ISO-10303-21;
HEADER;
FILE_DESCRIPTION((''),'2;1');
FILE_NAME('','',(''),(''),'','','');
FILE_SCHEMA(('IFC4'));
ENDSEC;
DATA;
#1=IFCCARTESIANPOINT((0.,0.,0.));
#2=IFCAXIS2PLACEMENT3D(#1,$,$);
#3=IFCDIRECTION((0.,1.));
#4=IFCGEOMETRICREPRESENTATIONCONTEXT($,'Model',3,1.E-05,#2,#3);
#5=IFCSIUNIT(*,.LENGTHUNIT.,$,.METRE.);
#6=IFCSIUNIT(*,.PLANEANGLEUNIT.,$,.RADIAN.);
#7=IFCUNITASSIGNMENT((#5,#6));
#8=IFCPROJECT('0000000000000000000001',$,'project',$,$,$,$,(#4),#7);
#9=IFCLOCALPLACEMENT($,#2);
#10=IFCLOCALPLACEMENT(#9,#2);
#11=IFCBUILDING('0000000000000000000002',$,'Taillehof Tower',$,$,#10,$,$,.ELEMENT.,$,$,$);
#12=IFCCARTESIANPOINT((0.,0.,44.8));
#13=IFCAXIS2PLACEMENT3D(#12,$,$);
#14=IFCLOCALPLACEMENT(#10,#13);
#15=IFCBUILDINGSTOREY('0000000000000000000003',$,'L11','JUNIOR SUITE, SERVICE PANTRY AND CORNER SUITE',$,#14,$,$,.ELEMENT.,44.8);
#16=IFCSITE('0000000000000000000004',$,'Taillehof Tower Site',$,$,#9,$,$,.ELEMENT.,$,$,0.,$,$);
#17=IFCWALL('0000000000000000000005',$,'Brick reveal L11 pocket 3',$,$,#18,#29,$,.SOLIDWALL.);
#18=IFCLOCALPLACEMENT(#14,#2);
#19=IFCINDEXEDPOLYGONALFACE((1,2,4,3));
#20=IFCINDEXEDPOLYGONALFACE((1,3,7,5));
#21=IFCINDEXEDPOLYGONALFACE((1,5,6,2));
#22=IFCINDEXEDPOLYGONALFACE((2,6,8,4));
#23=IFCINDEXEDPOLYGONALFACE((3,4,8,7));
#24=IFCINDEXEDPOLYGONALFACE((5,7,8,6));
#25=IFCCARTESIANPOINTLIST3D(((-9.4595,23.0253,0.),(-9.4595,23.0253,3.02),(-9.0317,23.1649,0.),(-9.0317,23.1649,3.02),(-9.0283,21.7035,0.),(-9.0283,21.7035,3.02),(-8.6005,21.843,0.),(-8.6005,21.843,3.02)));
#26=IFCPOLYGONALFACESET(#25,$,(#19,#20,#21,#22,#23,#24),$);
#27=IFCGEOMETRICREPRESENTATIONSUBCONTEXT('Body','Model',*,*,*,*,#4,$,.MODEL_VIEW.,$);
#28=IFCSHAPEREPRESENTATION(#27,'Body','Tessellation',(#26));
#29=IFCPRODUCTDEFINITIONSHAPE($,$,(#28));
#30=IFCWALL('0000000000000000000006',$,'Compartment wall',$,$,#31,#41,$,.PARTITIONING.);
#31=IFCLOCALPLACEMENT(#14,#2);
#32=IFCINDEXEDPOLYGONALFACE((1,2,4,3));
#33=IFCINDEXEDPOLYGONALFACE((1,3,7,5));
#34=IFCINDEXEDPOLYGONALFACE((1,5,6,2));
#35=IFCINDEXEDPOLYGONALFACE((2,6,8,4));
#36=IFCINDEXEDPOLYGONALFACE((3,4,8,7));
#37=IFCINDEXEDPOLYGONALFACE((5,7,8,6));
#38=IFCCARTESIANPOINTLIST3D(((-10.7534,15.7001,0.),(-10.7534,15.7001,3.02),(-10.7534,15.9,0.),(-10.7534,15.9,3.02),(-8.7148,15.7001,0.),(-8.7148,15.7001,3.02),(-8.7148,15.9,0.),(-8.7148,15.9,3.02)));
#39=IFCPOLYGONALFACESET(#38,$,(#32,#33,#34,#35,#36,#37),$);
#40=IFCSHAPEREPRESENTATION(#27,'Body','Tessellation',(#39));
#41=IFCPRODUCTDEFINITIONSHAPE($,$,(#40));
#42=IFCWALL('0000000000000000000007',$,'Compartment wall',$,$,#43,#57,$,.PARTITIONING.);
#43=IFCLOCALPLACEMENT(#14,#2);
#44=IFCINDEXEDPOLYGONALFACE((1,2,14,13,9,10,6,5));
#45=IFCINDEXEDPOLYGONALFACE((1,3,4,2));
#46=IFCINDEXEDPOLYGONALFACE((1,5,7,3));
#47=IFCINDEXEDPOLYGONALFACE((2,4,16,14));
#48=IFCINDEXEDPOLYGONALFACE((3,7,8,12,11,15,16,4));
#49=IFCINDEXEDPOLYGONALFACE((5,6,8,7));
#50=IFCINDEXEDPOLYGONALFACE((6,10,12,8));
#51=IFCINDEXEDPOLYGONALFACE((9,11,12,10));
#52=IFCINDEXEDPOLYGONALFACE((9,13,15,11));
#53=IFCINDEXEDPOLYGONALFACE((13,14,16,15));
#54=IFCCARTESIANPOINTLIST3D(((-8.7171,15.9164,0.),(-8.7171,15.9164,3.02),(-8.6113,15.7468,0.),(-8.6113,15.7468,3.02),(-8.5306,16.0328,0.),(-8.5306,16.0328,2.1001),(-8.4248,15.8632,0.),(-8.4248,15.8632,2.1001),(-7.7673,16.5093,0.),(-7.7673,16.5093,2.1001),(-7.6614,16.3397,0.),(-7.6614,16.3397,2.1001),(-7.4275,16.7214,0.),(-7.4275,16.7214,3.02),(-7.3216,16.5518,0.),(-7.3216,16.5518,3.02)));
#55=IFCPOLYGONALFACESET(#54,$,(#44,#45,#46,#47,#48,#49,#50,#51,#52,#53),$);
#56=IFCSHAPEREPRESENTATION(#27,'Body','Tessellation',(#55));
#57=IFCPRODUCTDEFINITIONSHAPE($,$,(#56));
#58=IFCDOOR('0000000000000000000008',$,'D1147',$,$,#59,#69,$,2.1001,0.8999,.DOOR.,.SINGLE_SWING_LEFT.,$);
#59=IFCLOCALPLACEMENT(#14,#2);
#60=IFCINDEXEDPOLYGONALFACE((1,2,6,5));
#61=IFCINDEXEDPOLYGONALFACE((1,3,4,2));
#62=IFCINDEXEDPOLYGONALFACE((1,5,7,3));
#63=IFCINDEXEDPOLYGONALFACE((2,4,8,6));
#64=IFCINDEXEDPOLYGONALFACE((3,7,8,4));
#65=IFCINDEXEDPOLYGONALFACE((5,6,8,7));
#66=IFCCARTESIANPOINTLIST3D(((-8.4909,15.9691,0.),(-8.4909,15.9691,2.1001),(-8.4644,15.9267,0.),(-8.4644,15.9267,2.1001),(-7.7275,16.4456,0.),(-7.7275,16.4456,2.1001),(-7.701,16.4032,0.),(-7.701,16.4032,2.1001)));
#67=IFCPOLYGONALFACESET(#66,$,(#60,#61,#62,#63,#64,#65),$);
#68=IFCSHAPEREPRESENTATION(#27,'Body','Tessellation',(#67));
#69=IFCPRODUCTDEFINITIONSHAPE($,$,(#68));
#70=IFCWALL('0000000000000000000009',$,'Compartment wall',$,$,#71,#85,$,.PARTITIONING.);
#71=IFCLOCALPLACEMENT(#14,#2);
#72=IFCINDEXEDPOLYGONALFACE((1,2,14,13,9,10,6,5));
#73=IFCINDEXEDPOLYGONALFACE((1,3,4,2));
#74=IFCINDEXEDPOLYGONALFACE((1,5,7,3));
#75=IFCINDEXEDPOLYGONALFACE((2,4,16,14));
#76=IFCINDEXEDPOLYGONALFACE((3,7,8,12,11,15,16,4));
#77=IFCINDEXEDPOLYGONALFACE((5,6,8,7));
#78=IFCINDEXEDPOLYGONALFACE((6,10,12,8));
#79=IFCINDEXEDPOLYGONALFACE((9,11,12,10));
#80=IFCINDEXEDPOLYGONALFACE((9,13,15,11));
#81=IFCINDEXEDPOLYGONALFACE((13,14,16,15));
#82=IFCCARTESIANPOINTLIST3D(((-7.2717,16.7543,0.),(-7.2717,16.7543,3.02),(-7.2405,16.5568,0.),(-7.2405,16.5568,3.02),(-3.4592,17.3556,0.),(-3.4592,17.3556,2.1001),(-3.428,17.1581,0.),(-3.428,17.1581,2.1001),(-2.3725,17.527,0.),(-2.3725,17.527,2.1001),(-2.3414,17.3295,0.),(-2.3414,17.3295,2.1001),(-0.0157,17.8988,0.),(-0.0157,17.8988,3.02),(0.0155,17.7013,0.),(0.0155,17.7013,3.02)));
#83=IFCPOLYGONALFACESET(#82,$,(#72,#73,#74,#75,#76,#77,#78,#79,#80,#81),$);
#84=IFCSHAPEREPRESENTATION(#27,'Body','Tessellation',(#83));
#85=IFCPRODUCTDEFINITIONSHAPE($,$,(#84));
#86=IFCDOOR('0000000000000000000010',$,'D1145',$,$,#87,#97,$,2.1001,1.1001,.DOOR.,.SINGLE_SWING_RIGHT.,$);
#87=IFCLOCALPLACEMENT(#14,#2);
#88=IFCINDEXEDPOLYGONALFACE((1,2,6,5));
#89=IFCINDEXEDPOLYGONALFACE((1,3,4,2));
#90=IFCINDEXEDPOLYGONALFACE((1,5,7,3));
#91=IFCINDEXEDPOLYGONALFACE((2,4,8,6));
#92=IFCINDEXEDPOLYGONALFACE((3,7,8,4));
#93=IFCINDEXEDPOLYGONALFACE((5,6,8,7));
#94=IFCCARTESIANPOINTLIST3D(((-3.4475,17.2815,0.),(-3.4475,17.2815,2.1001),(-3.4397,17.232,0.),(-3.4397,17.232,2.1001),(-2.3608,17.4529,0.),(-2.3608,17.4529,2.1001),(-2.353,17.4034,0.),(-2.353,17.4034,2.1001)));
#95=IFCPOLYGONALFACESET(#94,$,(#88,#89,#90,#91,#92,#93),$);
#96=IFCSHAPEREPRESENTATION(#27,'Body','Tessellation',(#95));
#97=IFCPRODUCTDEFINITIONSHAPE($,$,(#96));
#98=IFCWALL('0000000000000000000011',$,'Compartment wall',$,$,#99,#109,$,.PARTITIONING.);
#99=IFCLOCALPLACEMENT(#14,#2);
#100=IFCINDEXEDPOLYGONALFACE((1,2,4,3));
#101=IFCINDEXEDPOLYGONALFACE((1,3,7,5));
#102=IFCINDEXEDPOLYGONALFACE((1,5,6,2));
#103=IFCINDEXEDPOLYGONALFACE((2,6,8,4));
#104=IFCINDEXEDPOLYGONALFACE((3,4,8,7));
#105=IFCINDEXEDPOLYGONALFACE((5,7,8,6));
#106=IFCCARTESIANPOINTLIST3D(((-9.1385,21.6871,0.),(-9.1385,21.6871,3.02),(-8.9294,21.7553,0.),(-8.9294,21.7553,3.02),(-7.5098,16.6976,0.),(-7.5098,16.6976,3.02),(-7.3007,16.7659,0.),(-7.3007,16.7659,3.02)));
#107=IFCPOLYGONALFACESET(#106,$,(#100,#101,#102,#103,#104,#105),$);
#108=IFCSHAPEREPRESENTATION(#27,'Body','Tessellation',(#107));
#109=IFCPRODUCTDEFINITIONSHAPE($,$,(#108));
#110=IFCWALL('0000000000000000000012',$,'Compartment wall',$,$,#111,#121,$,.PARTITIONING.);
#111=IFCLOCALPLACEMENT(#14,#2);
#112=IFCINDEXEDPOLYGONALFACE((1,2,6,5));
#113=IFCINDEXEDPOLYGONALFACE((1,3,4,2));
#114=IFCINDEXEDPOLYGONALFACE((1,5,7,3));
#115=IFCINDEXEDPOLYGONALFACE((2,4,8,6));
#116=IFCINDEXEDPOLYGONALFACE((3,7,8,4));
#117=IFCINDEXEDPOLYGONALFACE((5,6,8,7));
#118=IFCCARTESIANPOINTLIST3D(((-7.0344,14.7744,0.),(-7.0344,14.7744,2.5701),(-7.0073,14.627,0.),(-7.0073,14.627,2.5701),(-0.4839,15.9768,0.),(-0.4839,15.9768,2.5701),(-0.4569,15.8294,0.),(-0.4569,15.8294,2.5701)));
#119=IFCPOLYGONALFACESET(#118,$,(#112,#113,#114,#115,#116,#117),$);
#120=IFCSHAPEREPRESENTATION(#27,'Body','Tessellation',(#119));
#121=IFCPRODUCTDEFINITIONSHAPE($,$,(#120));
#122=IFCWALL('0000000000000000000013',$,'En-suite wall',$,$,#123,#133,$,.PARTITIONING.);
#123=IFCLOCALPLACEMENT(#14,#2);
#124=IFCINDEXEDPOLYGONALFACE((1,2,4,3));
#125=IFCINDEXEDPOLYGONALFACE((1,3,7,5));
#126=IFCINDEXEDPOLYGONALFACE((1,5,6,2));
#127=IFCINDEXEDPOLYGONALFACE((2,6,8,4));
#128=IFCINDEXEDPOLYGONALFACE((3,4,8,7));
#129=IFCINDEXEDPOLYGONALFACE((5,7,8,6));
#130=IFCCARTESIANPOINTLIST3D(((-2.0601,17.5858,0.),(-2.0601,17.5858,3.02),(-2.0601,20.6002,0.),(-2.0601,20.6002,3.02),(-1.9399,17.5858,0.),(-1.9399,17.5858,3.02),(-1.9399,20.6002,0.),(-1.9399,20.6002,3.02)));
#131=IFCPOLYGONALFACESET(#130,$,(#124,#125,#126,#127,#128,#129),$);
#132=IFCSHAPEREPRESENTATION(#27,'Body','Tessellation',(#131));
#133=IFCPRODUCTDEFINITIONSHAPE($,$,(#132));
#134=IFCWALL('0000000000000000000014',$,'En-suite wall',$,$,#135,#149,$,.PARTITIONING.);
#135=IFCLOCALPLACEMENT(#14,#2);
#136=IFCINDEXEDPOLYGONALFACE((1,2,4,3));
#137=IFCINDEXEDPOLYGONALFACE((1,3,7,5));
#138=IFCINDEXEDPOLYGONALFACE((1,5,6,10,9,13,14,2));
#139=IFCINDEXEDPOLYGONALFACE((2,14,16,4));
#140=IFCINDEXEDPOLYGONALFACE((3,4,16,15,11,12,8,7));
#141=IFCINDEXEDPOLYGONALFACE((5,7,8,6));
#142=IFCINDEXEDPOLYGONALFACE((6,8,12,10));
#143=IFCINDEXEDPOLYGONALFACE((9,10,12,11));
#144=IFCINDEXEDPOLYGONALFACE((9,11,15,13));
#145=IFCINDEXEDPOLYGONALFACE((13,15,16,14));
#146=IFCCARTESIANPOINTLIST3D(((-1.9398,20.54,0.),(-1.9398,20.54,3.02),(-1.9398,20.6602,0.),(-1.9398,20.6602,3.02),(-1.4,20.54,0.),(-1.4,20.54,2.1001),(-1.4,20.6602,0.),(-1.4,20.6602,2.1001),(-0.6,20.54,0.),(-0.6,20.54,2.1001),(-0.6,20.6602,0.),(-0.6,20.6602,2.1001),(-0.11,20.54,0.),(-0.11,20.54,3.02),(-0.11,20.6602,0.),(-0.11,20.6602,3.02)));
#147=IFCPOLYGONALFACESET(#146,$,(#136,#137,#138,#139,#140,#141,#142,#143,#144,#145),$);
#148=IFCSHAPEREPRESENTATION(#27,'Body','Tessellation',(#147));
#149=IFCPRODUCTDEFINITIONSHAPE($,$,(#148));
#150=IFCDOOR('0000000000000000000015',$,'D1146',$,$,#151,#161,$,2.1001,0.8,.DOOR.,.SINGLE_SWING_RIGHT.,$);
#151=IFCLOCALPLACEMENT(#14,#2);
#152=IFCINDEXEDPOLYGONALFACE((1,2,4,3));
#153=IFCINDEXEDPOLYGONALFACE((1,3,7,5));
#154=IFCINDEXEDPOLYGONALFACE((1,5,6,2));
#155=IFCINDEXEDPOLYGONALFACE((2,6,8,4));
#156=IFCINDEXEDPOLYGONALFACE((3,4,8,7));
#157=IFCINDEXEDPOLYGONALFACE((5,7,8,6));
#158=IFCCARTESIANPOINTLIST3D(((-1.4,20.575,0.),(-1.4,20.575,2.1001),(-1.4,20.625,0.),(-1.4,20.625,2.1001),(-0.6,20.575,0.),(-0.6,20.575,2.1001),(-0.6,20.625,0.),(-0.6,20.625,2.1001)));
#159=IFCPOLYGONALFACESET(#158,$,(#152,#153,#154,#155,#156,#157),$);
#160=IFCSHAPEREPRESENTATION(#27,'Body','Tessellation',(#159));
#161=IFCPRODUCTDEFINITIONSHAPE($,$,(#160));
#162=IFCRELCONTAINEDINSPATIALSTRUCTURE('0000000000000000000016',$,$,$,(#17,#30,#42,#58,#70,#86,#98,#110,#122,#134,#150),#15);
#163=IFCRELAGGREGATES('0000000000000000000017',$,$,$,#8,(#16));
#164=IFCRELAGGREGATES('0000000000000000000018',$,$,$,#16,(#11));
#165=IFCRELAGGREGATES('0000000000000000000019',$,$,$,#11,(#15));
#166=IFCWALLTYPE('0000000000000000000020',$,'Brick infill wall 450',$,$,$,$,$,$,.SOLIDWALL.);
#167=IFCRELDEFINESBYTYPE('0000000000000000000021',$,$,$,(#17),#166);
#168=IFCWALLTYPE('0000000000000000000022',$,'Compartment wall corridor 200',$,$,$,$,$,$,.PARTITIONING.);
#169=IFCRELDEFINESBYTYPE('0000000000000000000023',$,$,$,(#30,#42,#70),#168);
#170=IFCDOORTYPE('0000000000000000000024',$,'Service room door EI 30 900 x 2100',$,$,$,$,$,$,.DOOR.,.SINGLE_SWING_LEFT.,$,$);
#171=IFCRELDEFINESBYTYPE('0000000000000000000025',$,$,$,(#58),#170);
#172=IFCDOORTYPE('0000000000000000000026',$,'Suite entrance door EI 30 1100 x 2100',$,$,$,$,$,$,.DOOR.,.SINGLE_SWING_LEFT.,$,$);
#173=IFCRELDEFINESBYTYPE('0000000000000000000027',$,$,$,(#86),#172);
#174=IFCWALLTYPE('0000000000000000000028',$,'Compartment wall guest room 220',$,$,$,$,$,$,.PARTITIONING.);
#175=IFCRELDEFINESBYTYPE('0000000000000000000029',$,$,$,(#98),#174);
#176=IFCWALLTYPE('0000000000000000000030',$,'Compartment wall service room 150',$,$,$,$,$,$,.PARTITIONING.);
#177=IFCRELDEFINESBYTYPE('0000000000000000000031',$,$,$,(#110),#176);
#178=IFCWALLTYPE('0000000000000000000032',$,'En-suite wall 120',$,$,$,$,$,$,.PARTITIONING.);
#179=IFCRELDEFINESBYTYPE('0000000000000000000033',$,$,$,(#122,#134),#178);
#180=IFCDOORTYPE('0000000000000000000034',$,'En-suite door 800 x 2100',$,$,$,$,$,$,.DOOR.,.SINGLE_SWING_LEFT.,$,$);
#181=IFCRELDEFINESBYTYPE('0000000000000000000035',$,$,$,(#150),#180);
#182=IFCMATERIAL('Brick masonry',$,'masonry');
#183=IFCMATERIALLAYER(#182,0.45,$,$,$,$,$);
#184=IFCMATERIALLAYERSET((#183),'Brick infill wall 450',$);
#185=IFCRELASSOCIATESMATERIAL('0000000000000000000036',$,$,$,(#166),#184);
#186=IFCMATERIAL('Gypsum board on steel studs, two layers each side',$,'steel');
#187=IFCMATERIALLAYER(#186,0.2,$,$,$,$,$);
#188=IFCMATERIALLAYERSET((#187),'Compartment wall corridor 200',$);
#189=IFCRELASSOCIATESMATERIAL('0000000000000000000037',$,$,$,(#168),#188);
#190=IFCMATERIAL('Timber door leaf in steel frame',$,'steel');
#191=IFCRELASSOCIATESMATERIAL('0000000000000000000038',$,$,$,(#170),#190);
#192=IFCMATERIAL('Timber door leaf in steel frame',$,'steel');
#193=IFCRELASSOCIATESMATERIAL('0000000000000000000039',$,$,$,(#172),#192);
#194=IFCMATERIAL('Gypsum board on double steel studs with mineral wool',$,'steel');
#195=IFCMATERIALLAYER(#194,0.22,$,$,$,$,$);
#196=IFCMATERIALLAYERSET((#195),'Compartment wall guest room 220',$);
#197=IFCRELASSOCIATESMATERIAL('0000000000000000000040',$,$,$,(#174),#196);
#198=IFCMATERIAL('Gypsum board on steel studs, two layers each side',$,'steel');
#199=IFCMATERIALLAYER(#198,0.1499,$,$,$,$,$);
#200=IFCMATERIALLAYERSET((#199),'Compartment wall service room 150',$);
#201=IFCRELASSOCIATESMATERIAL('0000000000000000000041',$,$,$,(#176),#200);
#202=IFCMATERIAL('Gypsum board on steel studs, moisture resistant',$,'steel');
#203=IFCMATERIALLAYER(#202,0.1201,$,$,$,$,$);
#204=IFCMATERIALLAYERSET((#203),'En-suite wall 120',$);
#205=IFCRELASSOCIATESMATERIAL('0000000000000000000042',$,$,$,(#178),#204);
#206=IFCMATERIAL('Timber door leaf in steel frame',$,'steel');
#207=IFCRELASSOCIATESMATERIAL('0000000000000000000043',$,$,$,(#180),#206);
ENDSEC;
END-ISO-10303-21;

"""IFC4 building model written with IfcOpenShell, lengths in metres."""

from ifc_helpers import new_model, si_unit, direction, frame, frame_2d, origin, place, context, subcontext, project, spatial, rectangle, extrude, material, layer, layer_set, type_object, element, fill, save


model = new_model("IFC4")

# Units and contexts
model_context = context("Model", 3, precision=1e-05, world=origin(), true_north=direction((0.0, 1.0)))
body_context = subcontext(model_context, "Body", "Model", "MODEL_VIEW")
ifc_project = project(units=[si_unit("LENGTHUNIT", "METRE"), si_unit("PLANEANGLEUNIT", "RADIAN")], contexts=[model_context])

# Site, building, storey
site_placement = place(None, origin())
site = spatial("IfcSite", under=ifc_project, at=site_placement, Name="Taillehof Tower Site", CompositionType="ELEMENT", RefElevation=0.0)
building_placement = place(site_placement, origin())
building = spatial("IfcBuilding", under=site, at=building_placement, Name="Taillehof Tower", CompositionType="ELEMENT")
storey_placement = place(building_placement, frame((0.0, 0.0, 44.8)))
storey = spatial("IfcBuildingStorey", under=building, at=storey_placement, Name="L11", Description="JUNIOR SUITE, SERVICE PANTRY AND CORNER SUITE", CompositionType="ELEMENT", Elevation=44.8)

# Shared definitions
ifc_material_1 = material(Name="Brick masonry", Category="masonry")
ifc_layer_1 = layer(ifc_material_1, 0.45)
ifc_layer_set_1 = layer_set([ifc_layer_1], Name="Brick infill wall 450")
wall_type_1 = type_object("IfcWallType", Name="Brick infill wall 450", PredefinedType="SOLIDWALL", material=ifc_layer_set_1)

# Wall
wall_1_placement = place(storey_placement, frame((-9.2456, 23.0952, 0.0), z_axis=(0.0, 0.0, 1.0), x_axis=(0.31011, -0.950701, 0.0)))
element("IfcWall", 1, at=wall_1_placement, inside=storey, type_object=wall_type_1, Name="Brick reveal L11 pocket 3", PredefinedType="SOLIDWALL", context=body_context, shape_type="SweptSolid", body=[
    extrude(rectangle(XDim=1.3904, YDim=0.45, at=frame_2d((0.6953, 0.0))), origin(), (0.0, 0.0, 1.0), 3.02),
])

# Wall
ifc_material_2 = material(Name="Gypsum board on steel studs, two layers each side", Category="steel")
ifc_layer_2 = layer(ifc_material_2, 0.2)
ifc_layer_set_2 = layer_set([ifc_layer_2], Name="Compartment wall corridor 200")
wall_type_2 = type_object("IfcWallType", Name="Compartment wall corridor 200", PredefinedType="PARTITIONING", material=ifc_layer_set_2)
wall_2_placement = place(storey_placement, frame((-10.7534, 15.8, 0.0), z_axis=(0.0, 0.0, 1.0), x_axis=(1.0, 0.0, 0.0)))
element("IfcWall", 2, at=wall_2_placement, inside=storey, type_object=wall_type_2, Name="Compartment wall", PredefinedType="PARTITIONING", context=body_context, shape_type="SweptSolid", body=[
    extrude(rectangle(XDim=2.0386, YDim=0.2, at=frame_2d((1.0193, 0.0))), origin(), (0.0, 0.0, 1.0), 3.02),
])

# Walls, openings, doors
wall_3_placement = place(storey_placement, frame((-8.6643, 15.8315, 0.0), z_axis=(0.0, 0.0, 1.0), x_axis=(0.848305, 0.529508, 0.0)))
wall_3 = element("IfcWall", 3, at=wall_3_placement, inside=storey, type_object=wall_type_2, Name="Compartment wall", PredefinedType="PARTITIONING", context=body_context, shape_type="SweptSolid", body=[
    extrude(rectangle(XDim=1.5203, YDim=0.2, at=frame_2d((0.7603, 0.0))), origin(), (0.0, 0.0, 1.0), 3.02),
])
opening_1_placement = place(wall_3_placement, frame((0.22, 0.0, 0.0)))
opening_1 = element("IfcOpeningElement", 4, at=opening_1_placement, cuts=wall_3, PredefinedType="OPENING", context=body_context, shape_type="SweptSolid", body=[
    extrude(rectangle(XDim=0.8999, YDim=2.1001, at=frame_2d((0.45, 1.05))), frame((0.0, 0.1099, 0.0), z_axis=(0.0, -1.0, 0.0), x_axis=(1.0, 0.0, 0.0)), (0.0, 0.0, 1.0), 0.22),
])
ifc_material_3 = material(Name="Timber door leaf in steel frame", Category="steel")
door_type_1 = type_object("IfcDoorType", Name="Service room door EI 30 900 x 2100", OperationType="SINGLE_SWING_LEFT", PredefinedType="DOOR", material=ifc_material_3)
door_1_placement = place(opening_1_placement, origin())
door_1 = element("IfcDoor", 5, at=door_1_placement, inside=storey, type_object=door_type_1, Name="D1147", OperationType="SINGLE_SWING_LEFT", OverallHeight=2.1001, OverallWidth=0.8999, PredefinedType="DOOR", context=body_context, shape_type="SweptSolid", body=[
    extrude(rectangle(XDim=0.8999, YDim=2.1001, at=frame_2d((0.45, 1.05))), frame((0.0, 0.0249, 0.0), z_axis=(0.0, -1.0, 0.0), x_axis=(1.0, 0.0, 0.0)), (0.0, 0.0, 1.0), 0.05),
])
fill(opening_1, door_1)
wall_4_placement = place(storey_placement, frame((-7.2561, 16.6555, 0.0), z_axis=(0.0, 0.0, 1.0), x_axis=(0.987787, 0.155807, 0.0)))
wall_4 = element("IfcWall", 6, at=wall_4_placement, inside=storey, type_object=wall_type_2, Name="Compartment wall", PredefinedType="PARTITIONING", context=body_context, shape_type="SweptSolid", body=[
    extrude(rectangle(XDim=7.3457, YDim=0.2, at=frame_2d((3.6729, 0.0))), origin(), (0.0, 0.0, 1.0), 3.02),
])
opening_2_placement = place(wall_4_placement, frame((3.8596, 0.0, 0.0)))
opening_2 = element("IfcOpeningElement", 7, at=opening_2_placement, cuts=wall_4, PredefinedType="OPENING", context=body_context, shape_type="SweptSolid", body=[
    extrude(rectangle(XDim=1.1001, YDim=2.1001, at=frame_2d((0.55, 1.05))), frame((0.0, 0.1099, 0.0), z_axis=(0.0, -1.0, 0.0), x_axis=(1.0, 0.0, 0.0)), (0.0, 0.0, 1.0), 0.22),
])
ifc_material_4 = material(Name="Timber door leaf in steel frame", Category="steel")
door_type_2 = type_object("IfcDoorType", Name="Suite entrance door EI 30 1100 x 2100", OperationType="SINGLE_SWING_LEFT", PredefinedType="DOOR", material=ifc_material_4)
door_2_placement = place(opening_2_placement, origin())
door_2 = element("IfcDoor", 8, at=door_2_placement, inside=storey, type_object=door_type_2, Name="D1145", OperationType="SINGLE_SWING_RIGHT", OverallHeight=2.1001, OverallWidth=1.1001, PredefinedType="DOOR", context=body_context, shape_type="SweptSolid", body=[
    extrude(rectangle(XDim=1.1001, YDim=2.1001, at=frame_2d((0.55, 1.05))), frame((0.0, 0.0249, 0.0), z_axis=(0.0, -1.0, 0.0), x_axis=(1.0, 0.0, 0.0)), (0.0, 0.0, 1.0), 0.05),
])
fill(opening_2, door_2)

# Walls
ifc_material_5 = material(Name="Gypsum board on double steel studs with mineral wool", Category="steel")
ifc_layer_3 = layer(ifc_material_5, 0.22)
ifc_layer_set_3 = layer_set([ifc_layer_3], Name="Compartment wall guest room 220")
wall_type_3 = type_object("IfcWallType", Name="Compartment wall guest room 220", PredefinedType="PARTITIONING", material=ifc_layer_set_3)
wall_5_placement = place(storey_placement, frame((-9.0339, 21.7212, 0.0), z_axis=(0.0, 0.0, 1.0), x_axis=(0.310305, -0.950637, 0.0)))
element("IfcWall", 9, at=wall_5_placement, inside=storey, type_object=wall_type_3, Name="Compartment wall", PredefinedType="PARTITIONING", context=body_context, shape_type="SweptSolid", body=[
    extrude(rectangle(XDim=5.2485, YDim=0.22, at=frame_2d((2.6243, 0.0))), origin(), (0.0, 0.0, 1.0), 3.02),
])
ifc_material_6 = material(Name="Gypsum board on steel studs, two layers each side", Category="steel")
ifc_layer_4 = layer(ifc_material_6, 0.1499)
ifc_layer_set_4 = layer_set([ifc_layer_4], Name="Compartment wall service room 150")
wall_type_4 = type_object("IfcWallType", Name="Compartment wall service room 150", PredefinedType="PARTITIONING", material=ifc_layer_set_4)
wall_6_placement = place(storey_placement, frame((-7.021, 14.7007, 0.0), z_axis=(0.0, 0.0, 1.0), x_axis=(0.983568, 0.18054, 0.0)))
element("IfcWall", 10, at=wall_6_placement, inside=storey, type_object=wall_type_4, Name="Compartment wall", PredefinedType="PARTITIONING", context=body_context, shape_type="SweptSolid", body=[
    extrude(rectangle(XDim=6.6599, YDim=0.1499, at=frame_2d((3.3301, 0.0))), origin(), (0.0, 0.0, 1.0), 2.5701),
])
ifc_material_7 = material(Name="Gypsum board on steel studs, moisture resistant", Category="steel")
ifc_layer_5 = layer(ifc_material_7, 0.1201)
ifc_layer_set_5 = layer_set([ifc_layer_5], Name="En-suite wall 120")
wall_type_5 = type_object("IfcWallType", Name="En-suite wall 120", PredefinedType="PARTITIONING", material=ifc_layer_set_5)
wall_7_placement = place(storey_placement, frame((-2.0, 17.5857, 0.0), z_axis=(0.0, 0.0, 1.0), x_axis=(0.0, 1.0, 0.0)))
element("IfcWall", 11, at=wall_7_placement, inside=storey, type_object=wall_type_5, Name="En-suite wall", PredefinedType="PARTITIONING", context=body_context, shape_type="SweptSolid", body=[
    extrude(rectangle(XDim=3.0144, YDim=0.1201, at=frame_2d((1.5073, 0.0))), origin(), (0.0, 0.0, 1.0), 3.02),
])

# Wall, opening, door
wall_8_placement = place(storey_placement, frame((-1.9399, 20.6001, 0.0), z_axis=(0.0, 0.0, 1.0), x_axis=(1.0, 0.0, 0.0)))
wall_8 = element("IfcWall", 12, at=wall_8_placement, inside=storey, type_object=wall_type_5, Name="En-suite wall", PredefinedType="PARTITIONING", context=body_context, shape_type="SweptSolid", body=[
    extrude(rectangle(XDim=1.8298, YDim=0.1201, at=frame_2d((0.915, 0.0))), origin(), (0.0, 0.0, 1.0), 3.02),
])
opening_3_placement = place(wall_8_placement, frame((0.54, 0.0, 0.0)))
opening_3 = element("IfcOpeningElement", 13, at=opening_3_placement, cuts=wall_8, PredefinedType="OPENING", context=body_context, shape_type="SweptSolid", body=[
    extrude(rectangle(XDim=0.8, YDim=2.1001, at=frame_2d((0.3999, 1.05))), frame((0.0, 0.0701, 0.0), z_axis=(0.0, -1.0, 0.0), x_axis=(1.0, 0.0, 0.0)), (0.0, 0.0, 1.0), 0.1401),
])
ifc_material_8 = material(Name="Timber door leaf in steel frame", Category="steel")
door_type_3 = type_object("IfcDoorType", Name="En-suite door 800 x 2100", OperationType="SINGLE_SWING_LEFT", PredefinedType="DOOR", material=ifc_material_8)
door_3_placement = place(opening_3_placement, origin())
door_3 = element("IfcDoor", 14, at=door_3_placement, inside=storey, type_object=door_type_3, Name="D1146", OperationType="SINGLE_SWING_RIGHT", OverallHeight=2.1001, OverallWidth=0.8, PredefinedType="DOOR", context=body_context, shape_type="SweptSolid", body=[
    extrude(rectangle(XDim=0.8, YDim=2.1001, at=frame_2d((0.3999, 1.05))), frame((0.0, 0.0249, 0.0), z_axis=(0.0, -1.0, 0.0), x_axis=(1.0, 0.0, 0.0)), (0.0, 0.0, 1.0), 0.05),
])
fill(opening_3, door_3)

save(model, "model.ifc")
